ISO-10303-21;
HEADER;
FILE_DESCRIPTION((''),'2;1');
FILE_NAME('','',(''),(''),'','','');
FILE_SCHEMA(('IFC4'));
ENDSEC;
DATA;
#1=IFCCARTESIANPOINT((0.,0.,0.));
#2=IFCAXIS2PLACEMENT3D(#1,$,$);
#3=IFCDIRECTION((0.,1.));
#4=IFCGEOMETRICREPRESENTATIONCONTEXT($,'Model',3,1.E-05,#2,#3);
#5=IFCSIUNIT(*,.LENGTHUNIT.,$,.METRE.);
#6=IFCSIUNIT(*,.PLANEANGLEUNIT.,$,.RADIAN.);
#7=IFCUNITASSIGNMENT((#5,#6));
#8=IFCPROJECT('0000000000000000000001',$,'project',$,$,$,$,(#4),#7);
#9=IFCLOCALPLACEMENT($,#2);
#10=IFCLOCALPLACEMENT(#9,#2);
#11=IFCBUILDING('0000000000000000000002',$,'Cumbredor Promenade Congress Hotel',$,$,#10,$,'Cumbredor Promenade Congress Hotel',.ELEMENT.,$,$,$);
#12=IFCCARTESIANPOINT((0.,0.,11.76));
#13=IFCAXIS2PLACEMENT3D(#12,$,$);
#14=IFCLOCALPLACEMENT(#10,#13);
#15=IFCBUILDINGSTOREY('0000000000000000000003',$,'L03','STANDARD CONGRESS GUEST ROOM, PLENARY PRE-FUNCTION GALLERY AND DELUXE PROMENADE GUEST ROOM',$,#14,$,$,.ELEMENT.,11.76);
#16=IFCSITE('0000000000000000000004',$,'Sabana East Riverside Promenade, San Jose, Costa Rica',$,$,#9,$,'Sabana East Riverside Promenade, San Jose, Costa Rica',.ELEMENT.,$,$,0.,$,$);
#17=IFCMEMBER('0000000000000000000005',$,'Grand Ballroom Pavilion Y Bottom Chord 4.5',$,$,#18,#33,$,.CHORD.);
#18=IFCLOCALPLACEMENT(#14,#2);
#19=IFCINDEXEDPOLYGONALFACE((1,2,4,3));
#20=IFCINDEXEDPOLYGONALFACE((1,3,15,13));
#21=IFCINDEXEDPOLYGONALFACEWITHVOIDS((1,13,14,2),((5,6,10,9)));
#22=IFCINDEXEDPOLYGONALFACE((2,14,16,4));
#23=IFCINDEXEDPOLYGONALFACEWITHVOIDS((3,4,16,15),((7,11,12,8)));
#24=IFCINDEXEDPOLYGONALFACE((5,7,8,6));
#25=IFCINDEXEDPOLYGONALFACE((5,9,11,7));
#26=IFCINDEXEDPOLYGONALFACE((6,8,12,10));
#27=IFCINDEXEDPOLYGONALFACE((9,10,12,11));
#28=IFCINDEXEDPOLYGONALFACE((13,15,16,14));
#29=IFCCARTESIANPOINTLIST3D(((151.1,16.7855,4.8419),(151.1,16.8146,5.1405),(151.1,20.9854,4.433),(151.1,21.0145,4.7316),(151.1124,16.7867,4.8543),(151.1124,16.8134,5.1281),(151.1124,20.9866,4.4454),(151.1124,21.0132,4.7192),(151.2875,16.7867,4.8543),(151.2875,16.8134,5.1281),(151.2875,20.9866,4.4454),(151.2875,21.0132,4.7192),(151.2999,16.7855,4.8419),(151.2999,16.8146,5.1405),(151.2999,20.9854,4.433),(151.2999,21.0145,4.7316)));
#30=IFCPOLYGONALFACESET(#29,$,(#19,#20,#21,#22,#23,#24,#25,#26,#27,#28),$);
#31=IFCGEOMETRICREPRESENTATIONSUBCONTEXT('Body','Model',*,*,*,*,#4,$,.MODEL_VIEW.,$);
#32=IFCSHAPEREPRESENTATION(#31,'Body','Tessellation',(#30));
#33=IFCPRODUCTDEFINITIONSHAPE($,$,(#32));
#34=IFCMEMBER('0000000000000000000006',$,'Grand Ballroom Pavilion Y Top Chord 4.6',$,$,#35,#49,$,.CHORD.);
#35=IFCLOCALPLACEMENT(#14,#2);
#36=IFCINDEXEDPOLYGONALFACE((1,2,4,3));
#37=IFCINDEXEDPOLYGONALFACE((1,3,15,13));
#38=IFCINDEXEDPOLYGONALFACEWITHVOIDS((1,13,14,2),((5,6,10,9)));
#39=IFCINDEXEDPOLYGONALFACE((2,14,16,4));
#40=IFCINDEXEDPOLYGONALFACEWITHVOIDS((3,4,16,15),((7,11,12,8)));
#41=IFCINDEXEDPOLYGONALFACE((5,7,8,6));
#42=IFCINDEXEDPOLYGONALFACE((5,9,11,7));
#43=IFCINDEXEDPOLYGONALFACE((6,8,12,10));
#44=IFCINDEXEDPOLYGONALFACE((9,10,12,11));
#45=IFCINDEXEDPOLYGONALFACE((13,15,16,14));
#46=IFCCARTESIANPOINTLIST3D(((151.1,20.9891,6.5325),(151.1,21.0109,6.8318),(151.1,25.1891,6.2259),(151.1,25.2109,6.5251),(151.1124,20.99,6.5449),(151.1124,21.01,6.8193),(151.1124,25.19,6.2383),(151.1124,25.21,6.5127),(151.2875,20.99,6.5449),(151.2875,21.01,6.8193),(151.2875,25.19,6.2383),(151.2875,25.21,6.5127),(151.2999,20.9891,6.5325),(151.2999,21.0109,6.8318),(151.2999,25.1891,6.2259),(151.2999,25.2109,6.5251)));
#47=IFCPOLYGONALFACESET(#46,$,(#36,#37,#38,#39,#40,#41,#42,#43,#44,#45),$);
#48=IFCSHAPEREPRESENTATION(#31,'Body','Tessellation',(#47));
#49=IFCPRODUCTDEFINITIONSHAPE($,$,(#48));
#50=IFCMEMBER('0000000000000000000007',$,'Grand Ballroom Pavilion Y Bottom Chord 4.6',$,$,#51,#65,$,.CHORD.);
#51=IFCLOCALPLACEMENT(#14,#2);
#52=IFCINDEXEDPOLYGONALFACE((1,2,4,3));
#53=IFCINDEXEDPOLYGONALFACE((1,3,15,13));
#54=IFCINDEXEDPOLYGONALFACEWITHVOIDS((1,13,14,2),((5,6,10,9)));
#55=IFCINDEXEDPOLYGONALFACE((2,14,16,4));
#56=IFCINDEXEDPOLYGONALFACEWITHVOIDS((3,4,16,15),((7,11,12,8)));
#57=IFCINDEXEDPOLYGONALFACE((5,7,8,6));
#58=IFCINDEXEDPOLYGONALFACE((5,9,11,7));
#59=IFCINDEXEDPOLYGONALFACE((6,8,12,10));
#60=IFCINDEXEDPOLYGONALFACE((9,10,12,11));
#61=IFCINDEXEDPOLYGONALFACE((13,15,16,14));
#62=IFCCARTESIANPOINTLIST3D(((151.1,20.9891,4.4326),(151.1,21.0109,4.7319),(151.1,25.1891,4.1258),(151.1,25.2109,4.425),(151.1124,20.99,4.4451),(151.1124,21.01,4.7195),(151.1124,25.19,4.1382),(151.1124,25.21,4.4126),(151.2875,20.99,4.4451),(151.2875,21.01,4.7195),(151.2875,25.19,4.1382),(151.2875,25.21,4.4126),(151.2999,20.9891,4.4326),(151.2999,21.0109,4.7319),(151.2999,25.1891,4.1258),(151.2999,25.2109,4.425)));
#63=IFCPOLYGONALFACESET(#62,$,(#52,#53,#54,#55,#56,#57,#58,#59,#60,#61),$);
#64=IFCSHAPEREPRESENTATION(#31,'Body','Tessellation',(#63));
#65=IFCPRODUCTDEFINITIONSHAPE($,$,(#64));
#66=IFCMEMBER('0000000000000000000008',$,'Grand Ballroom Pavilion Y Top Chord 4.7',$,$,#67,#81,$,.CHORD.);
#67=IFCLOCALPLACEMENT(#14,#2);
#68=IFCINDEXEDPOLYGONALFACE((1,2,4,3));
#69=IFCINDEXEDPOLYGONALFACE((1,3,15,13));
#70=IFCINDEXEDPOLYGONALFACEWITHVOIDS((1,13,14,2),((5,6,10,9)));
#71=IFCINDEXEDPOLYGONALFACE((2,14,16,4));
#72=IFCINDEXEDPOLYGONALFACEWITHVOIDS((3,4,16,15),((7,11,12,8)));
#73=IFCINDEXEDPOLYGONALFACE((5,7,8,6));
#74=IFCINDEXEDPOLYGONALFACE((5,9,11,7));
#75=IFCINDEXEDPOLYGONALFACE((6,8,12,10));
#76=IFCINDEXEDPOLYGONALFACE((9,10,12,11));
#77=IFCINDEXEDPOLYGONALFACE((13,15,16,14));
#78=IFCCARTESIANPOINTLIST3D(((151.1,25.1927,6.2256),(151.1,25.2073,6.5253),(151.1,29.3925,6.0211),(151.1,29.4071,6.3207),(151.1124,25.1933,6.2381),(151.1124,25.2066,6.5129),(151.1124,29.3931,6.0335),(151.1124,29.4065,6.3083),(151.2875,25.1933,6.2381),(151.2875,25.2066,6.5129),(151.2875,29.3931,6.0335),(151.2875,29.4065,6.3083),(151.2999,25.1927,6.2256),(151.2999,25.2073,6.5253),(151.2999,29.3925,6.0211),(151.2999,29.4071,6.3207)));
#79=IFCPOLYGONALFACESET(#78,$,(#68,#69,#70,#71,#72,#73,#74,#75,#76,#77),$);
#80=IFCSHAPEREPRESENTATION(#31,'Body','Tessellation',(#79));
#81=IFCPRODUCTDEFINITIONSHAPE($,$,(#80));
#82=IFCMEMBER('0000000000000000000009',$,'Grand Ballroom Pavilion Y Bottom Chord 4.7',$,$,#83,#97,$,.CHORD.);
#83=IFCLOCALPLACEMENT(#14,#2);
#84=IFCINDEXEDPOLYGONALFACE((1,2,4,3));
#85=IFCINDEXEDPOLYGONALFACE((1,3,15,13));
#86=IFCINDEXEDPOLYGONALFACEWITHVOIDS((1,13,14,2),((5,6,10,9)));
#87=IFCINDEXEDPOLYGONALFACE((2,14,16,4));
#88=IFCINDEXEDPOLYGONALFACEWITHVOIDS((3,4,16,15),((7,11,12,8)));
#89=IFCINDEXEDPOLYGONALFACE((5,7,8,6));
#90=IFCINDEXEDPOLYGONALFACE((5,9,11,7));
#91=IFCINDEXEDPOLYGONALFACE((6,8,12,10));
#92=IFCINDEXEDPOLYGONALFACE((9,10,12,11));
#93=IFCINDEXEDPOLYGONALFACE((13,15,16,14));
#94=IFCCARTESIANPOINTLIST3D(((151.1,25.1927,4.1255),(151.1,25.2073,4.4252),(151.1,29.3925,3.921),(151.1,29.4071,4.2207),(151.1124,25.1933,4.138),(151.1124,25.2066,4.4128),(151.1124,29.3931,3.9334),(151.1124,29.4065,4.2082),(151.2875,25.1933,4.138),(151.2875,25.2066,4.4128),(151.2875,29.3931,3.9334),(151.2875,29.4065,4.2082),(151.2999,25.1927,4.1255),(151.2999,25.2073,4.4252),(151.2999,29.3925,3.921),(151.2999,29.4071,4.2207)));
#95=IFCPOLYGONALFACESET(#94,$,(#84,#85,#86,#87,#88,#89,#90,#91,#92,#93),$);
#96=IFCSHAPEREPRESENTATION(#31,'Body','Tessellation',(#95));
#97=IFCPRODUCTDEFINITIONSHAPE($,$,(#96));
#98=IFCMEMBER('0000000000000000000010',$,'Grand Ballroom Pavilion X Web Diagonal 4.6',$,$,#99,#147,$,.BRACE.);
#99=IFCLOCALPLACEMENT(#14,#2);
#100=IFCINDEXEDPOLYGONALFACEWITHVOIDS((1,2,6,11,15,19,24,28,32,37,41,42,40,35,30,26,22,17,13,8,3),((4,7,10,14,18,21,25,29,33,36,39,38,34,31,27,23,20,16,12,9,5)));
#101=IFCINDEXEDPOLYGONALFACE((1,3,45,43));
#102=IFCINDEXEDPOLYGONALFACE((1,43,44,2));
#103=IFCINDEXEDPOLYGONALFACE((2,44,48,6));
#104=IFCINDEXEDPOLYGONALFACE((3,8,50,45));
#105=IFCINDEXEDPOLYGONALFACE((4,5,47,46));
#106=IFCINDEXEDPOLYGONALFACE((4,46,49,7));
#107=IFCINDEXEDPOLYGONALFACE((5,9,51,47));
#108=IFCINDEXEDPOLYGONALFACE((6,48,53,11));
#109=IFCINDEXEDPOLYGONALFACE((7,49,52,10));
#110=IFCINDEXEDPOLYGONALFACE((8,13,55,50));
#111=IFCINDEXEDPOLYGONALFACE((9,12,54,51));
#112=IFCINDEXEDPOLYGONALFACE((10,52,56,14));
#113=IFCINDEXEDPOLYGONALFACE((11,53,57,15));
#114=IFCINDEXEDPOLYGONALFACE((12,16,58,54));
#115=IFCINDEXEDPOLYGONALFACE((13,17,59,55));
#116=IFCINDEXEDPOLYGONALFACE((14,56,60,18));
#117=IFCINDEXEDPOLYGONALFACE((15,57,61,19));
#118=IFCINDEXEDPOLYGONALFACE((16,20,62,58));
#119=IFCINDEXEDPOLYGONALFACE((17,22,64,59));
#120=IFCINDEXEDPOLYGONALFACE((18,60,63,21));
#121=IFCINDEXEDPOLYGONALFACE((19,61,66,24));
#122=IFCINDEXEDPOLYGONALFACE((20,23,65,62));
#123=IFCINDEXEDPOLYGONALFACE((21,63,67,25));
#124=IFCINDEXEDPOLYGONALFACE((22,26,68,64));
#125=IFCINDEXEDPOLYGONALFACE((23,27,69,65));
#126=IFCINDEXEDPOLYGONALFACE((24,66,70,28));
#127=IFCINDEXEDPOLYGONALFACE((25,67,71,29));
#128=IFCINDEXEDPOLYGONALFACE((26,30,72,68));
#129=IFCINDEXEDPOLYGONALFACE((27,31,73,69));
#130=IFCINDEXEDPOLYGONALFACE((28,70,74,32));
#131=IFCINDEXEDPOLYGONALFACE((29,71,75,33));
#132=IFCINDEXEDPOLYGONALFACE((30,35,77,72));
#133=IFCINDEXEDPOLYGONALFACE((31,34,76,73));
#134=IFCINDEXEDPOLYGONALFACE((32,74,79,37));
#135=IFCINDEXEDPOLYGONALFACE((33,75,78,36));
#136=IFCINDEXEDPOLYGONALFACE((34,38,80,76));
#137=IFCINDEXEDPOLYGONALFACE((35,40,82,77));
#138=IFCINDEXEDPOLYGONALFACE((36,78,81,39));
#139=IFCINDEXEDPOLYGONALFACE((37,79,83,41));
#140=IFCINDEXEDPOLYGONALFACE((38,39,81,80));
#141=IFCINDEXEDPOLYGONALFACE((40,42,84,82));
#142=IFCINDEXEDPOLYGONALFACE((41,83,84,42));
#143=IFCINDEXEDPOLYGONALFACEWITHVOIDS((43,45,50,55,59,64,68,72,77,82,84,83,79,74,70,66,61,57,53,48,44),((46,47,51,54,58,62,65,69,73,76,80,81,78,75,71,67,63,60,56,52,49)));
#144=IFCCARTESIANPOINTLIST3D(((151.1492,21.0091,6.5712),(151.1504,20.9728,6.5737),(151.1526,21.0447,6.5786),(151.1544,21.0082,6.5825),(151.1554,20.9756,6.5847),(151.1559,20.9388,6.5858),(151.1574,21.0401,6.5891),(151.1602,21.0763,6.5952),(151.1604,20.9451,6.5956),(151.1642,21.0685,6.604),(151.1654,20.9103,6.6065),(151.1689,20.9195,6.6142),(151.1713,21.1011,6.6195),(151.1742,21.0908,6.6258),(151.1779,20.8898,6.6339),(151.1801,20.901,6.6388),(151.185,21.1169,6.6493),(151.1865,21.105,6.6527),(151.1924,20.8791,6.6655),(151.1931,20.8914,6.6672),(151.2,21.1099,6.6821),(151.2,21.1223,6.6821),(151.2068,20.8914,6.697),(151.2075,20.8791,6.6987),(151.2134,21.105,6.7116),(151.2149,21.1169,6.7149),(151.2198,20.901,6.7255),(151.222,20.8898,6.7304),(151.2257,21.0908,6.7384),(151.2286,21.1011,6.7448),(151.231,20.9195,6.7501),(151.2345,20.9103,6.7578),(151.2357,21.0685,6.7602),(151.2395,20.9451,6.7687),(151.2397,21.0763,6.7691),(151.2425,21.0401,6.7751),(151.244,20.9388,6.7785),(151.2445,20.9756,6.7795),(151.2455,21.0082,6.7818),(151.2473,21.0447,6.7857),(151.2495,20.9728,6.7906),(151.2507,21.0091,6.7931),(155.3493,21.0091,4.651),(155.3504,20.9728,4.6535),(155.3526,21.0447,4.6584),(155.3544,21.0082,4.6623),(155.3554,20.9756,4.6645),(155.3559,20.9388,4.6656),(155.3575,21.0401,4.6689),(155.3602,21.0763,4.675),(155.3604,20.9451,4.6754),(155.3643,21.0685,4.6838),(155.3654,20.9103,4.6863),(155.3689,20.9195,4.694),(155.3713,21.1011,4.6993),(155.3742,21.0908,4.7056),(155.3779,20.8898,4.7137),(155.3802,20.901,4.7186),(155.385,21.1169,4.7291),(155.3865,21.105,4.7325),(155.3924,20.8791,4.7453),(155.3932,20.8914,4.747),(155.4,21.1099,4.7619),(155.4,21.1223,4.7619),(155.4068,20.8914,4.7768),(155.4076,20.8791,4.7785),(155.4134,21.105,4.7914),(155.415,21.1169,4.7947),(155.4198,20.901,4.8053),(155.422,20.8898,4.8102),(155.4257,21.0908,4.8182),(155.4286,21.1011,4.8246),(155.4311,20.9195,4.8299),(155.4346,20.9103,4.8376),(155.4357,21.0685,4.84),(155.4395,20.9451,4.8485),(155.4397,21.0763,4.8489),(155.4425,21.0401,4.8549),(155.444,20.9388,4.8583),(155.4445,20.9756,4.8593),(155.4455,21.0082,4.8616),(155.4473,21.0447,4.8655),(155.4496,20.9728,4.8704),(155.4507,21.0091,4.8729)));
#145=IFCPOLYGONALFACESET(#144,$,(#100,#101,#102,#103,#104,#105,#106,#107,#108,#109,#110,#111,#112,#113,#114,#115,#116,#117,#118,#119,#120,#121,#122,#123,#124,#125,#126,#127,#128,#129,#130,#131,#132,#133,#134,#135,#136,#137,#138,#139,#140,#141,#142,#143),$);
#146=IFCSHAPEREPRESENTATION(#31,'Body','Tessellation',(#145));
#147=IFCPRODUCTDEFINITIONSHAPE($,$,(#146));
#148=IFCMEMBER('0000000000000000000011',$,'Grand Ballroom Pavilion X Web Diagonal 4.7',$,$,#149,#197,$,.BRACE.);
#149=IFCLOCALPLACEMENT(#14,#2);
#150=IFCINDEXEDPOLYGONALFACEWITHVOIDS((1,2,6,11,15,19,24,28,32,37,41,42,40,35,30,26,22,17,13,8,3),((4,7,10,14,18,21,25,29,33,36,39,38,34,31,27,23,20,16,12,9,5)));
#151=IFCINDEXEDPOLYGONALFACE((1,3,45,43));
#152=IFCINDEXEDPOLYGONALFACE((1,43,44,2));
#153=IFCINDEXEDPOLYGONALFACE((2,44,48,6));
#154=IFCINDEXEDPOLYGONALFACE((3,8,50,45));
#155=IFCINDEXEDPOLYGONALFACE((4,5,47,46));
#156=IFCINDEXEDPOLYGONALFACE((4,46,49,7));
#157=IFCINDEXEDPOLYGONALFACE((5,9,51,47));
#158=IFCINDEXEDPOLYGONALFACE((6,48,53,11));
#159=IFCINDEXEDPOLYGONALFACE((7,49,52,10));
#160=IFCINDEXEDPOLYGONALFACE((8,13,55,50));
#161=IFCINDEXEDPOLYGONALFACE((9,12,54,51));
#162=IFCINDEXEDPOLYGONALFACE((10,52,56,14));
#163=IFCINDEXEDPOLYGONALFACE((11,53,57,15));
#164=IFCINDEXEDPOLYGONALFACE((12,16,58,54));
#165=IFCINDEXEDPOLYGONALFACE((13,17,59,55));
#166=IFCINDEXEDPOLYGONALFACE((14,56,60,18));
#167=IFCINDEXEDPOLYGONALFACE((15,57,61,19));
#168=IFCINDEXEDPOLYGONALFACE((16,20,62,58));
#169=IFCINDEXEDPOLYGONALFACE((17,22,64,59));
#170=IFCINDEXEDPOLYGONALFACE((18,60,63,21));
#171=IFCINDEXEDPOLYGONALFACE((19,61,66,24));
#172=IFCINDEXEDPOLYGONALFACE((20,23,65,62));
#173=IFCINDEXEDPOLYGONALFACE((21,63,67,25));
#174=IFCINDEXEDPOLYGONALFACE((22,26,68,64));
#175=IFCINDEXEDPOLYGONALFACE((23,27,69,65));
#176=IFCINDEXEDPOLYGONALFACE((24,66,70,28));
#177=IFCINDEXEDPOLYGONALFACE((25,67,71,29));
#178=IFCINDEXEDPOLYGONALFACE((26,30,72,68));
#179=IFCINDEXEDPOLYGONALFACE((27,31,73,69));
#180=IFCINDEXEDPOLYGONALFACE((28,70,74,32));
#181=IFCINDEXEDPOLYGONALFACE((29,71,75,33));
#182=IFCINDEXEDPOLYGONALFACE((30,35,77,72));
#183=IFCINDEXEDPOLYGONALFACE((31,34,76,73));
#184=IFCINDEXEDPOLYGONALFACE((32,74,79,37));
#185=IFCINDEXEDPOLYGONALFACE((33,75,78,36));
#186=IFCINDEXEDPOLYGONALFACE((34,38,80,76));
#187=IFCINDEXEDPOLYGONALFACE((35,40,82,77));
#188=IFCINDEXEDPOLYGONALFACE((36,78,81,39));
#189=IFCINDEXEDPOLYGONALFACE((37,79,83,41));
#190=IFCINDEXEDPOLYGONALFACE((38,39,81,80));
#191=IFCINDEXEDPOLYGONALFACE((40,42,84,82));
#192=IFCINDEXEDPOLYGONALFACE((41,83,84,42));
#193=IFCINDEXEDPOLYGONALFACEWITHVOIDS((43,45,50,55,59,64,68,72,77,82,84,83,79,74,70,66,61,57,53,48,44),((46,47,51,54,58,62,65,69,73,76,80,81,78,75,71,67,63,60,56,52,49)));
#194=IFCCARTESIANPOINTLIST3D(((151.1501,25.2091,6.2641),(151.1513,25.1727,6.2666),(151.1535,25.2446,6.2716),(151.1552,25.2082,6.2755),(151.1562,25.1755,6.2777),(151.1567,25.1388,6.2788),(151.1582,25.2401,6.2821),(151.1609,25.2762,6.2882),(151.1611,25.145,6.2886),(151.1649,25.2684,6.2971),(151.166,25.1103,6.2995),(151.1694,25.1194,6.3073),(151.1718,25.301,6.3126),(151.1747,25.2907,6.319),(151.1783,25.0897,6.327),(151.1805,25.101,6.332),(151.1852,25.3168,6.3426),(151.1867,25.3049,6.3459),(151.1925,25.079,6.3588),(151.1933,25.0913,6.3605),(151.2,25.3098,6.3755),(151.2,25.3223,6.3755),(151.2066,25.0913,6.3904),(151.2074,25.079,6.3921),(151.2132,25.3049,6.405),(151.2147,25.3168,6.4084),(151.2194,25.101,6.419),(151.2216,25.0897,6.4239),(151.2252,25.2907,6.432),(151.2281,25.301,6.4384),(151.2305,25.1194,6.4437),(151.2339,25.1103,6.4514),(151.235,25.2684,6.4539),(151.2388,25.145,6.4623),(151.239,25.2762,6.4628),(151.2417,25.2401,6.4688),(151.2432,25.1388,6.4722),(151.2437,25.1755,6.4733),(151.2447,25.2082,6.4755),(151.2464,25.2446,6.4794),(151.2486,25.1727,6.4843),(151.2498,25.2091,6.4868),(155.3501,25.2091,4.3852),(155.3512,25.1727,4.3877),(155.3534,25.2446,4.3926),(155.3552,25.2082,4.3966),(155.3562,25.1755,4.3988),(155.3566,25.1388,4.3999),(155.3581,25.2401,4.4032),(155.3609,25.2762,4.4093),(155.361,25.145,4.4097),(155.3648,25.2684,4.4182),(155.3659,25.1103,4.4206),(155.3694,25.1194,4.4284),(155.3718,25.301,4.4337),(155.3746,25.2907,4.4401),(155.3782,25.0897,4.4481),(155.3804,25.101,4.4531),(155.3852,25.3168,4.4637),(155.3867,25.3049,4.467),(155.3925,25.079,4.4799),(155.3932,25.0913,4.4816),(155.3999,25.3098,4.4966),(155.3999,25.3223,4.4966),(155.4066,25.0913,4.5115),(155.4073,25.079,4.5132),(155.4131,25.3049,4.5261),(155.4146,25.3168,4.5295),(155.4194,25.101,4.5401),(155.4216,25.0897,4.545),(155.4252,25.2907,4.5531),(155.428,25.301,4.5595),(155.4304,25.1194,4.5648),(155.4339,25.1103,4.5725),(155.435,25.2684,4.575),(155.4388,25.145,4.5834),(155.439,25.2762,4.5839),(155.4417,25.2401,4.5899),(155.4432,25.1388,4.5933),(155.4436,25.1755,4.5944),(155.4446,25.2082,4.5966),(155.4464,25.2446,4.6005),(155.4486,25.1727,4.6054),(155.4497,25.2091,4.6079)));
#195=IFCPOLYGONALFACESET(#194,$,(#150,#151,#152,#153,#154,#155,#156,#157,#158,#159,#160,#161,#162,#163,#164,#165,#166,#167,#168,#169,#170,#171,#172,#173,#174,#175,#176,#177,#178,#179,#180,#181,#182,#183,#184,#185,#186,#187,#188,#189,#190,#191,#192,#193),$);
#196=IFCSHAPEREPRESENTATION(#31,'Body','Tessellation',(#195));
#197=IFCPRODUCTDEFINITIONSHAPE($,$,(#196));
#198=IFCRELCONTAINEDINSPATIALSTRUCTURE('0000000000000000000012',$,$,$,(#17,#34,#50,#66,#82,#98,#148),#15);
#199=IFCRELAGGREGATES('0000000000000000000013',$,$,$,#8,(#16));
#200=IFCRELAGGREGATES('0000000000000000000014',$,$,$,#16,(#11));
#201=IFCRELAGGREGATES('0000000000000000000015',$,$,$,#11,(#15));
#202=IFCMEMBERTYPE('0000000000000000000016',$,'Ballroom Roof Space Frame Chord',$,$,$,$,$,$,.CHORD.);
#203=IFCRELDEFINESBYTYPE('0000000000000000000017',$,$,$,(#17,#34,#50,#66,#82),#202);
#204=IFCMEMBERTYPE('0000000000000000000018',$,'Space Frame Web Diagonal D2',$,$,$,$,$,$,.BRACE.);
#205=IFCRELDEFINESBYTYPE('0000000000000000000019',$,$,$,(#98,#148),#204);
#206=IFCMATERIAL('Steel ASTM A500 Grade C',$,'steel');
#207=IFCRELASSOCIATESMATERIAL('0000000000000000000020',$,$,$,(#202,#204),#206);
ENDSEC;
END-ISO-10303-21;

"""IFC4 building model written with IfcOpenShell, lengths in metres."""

from ifc_helpers import new_model, si_unit, direction, frame, origin, origin_2d, place, context, subcontext, project, spatial, hollow_rectangle, hollow_circle, extrude, material, material_profile, profile_set, type_object, element, save


model = new_model("IFC4")

# Units and contexts
model_context = context("Model", 3, precision=1e-05, world=origin(), true_north=direction((0.0, 1.0)))
body_context = subcontext(model_context, "Body", "Model", "MODEL_VIEW")
ifc_project = project(units=[si_unit("LENGTHUNIT", "METRE"), si_unit("PLANEANGLEUNIT", "RADIAN")], contexts=[model_context])

# Site, building, storey
site_placement = place(None, origin())
site = spatial("IfcSite", under=ifc_project, at=site_placement, Name="Sabana East Riverside Promenade, San Jose, Costa Rica", LongName="Sabana East Riverside Promenade, San Jose, Costa Rica", CompositionType="ELEMENT", RefElevation=0.0)
building_placement = place(site_placement, origin())
building = spatial("IfcBuilding", under=site, at=building_placement, Name="Cumbredor Promenade Congress Hotel", LongName="Cumbredor Promenade Congress Hotel", CompositionType="ELEMENT")
storey_placement = place(building_placement, frame((0.0, 0.0, 11.76)))
storey = spatial("IfcBuildingStorey", under=building, at=storey_placement, Name="L03", Description="STANDARD CONGRESS GUEST ROOM, PLENARY PRE-FUNCTION GALLERY AND DELUXE PROMENADE GUEST ROOM", CompositionType="ELEMENT", Elevation=11.76)

# Members
ifc_material_1 = material(Name="Steel ASTM A500 Grade C", Category="steel")
ifc_material_profile_1 = material_profile(ifc_material_1, hollow_rectangle(XDim=0.2, YDim=0.3, WallThickness=0.0125, at=origin_2d()), Name="HSS 300x200x12.5")
ifc_profile_set_1 = profile_set([ifc_material_profile_1], Name="Steel ASTM A500 Grade C")
member_type_1 = type_object("IfcMemberType", Name="Ballroom Roof Space Frame Chord", PredefinedType="CHORD", material=ifc_profile_set_1)
for number, where, z_axis, x_axis, name in (
    (1, (151.2, 16.8, 4.9912), (0.0, 0.995293, -0.096908), (-1.0, 0.0, 0.0), "Grand Ballroom Pavilion Y Bottom Chord 4.5"),
):
    element("IfcMember", number, at=place(storey_placement, frame(where, z_axis=z_axis, x_axis=x_axis)), inside=storey, type_object=member_type_1, Name=name, PredefinedType="CHORD", context=body_context, shape_type="SweptSolid", body=[
        extrude(hollow_rectangle(XDim=0.2, YDim=0.3, WallThickness=0.0125, at=origin_2d()), origin(), (0.0, 0.0, 1.0), 4.2197),
    ])
for number, where, z_axis, x_axis, name in (
    (2, (151.2, 21.0, 6.6821), (0.0, 0.997345, -0.072817), (-1.0, 0.0, 0.0), "Grand Ballroom Pavilion Y Top Chord 4.6"),
    (3, (151.2, 21.0, 4.5823), (0.0, 0.997341, -0.072874), (-1.0, 0.0, 0.0), "Grand Ballroom Pavilion Y Bottom Chord 4.6"),
):
    element("IfcMember", number, at=place(storey_placement, frame(where, z_axis=z_axis, x_axis=x_axis)), inside=storey, type_object=member_type_1, Name=name, PredefinedType="CHORD", context=body_context, shape_type="SweptSolid", body=[
        extrude(hollow_rectangle(XDim=0.2, YDim=0.3, WallThickness=0.0125, at=origin_2d()), origin(), (0.0, 0.0, 1.0), 4.2112),
    ])
for number, where, z_axis, x_axis, name in (
    (4, (151.2, 25.2, 6.3755), (0.0, 0.998816, -0.048655), (-1.0, 0.0, 0.0), "Grand Ballroom Pavilion Y Top Chord 4.7"),
    (5, (151.2, 25.2, 4.2754), (0.0, 0.998816, -0.048655), (-1.0, 0.0, 0.0), "Grand Ballroom Pavilion Y Bottom Chord 4.7"),
):
    element("IfcMember", number, at=place(storey_placement, frame(where, z_axis=z_axis, x_axis=x_axis)), inside=storey, type_object=member_type_1, Name=name, PredefinedType="CHORD", context=body_context, shape_type="SweptSolid", body=[
        extrude(hollow_rectangle(XDim=0.2, YDim=0.3, WallThickness=0.0125, at=origin_2d()), origin(), (0.0, 0.0, 1.0), 4.2048),
    ])
ifc_material_profile_2 = material_profile(ifc_material_1, hollow_circle(Radius=0.1223, WallThickness=0.0125, at=origin_2d()), Name="CHS 244.5x12.5")
ifc_profile_set_2 = profile_set([ifc_material_profile_2], Name="Steel ASTM A500 Grade C")
member_type_2 = type_object("IfcMemberType", Name="Space Frame Web Diagonal D2", PredefinedType="BRACE", material=ifc_profile_set_2)
member_1_placement = place(storey_placement, frame((151.2, 21.0, 6.6821), z_axis=(0.909459, 0.0, -0.415793), x_axis=(0.0, 1.0, 0.0)))
element("IfcMember", 6, at=member_1_placement, inside=storey, type_object=member_type_2, Name="Grand Ballroom Pavilion X Web Diagonal 4.6", PredefinedType="BRACE", context=body_context, shape_type="SweptSolid", body=[
    extrude(hollow_circle(Radius=0.1223, WallThickness=0.0125, at=origin_2d()), origin(), (0.0, 0.0, 1.0), 4.6182),
])
member_2_placement = place(storey_placement, frame((151.2, 25.2, 6.3755), z_axis=(0.91282, 0.0, -0.408363), x_axis=(0.0, 1.0, 0.0)))
element("IfcMember", 7, at=member_2_placement, inside=storey, type_object=member_type_2, Name="Grand Ballroom Pavilion X Web Diagonal 4.7", PredefinedType="BRACE", context=body_context, shape_type="SweptSolid", body=[
    extrude(hollow_circle(Radius=0.1223, WallThickness=0.0125, at=origin_2d()), origin(), (0.0, 0.0, 1.0), 4.6011),
])

save(model, "model.ifc")
